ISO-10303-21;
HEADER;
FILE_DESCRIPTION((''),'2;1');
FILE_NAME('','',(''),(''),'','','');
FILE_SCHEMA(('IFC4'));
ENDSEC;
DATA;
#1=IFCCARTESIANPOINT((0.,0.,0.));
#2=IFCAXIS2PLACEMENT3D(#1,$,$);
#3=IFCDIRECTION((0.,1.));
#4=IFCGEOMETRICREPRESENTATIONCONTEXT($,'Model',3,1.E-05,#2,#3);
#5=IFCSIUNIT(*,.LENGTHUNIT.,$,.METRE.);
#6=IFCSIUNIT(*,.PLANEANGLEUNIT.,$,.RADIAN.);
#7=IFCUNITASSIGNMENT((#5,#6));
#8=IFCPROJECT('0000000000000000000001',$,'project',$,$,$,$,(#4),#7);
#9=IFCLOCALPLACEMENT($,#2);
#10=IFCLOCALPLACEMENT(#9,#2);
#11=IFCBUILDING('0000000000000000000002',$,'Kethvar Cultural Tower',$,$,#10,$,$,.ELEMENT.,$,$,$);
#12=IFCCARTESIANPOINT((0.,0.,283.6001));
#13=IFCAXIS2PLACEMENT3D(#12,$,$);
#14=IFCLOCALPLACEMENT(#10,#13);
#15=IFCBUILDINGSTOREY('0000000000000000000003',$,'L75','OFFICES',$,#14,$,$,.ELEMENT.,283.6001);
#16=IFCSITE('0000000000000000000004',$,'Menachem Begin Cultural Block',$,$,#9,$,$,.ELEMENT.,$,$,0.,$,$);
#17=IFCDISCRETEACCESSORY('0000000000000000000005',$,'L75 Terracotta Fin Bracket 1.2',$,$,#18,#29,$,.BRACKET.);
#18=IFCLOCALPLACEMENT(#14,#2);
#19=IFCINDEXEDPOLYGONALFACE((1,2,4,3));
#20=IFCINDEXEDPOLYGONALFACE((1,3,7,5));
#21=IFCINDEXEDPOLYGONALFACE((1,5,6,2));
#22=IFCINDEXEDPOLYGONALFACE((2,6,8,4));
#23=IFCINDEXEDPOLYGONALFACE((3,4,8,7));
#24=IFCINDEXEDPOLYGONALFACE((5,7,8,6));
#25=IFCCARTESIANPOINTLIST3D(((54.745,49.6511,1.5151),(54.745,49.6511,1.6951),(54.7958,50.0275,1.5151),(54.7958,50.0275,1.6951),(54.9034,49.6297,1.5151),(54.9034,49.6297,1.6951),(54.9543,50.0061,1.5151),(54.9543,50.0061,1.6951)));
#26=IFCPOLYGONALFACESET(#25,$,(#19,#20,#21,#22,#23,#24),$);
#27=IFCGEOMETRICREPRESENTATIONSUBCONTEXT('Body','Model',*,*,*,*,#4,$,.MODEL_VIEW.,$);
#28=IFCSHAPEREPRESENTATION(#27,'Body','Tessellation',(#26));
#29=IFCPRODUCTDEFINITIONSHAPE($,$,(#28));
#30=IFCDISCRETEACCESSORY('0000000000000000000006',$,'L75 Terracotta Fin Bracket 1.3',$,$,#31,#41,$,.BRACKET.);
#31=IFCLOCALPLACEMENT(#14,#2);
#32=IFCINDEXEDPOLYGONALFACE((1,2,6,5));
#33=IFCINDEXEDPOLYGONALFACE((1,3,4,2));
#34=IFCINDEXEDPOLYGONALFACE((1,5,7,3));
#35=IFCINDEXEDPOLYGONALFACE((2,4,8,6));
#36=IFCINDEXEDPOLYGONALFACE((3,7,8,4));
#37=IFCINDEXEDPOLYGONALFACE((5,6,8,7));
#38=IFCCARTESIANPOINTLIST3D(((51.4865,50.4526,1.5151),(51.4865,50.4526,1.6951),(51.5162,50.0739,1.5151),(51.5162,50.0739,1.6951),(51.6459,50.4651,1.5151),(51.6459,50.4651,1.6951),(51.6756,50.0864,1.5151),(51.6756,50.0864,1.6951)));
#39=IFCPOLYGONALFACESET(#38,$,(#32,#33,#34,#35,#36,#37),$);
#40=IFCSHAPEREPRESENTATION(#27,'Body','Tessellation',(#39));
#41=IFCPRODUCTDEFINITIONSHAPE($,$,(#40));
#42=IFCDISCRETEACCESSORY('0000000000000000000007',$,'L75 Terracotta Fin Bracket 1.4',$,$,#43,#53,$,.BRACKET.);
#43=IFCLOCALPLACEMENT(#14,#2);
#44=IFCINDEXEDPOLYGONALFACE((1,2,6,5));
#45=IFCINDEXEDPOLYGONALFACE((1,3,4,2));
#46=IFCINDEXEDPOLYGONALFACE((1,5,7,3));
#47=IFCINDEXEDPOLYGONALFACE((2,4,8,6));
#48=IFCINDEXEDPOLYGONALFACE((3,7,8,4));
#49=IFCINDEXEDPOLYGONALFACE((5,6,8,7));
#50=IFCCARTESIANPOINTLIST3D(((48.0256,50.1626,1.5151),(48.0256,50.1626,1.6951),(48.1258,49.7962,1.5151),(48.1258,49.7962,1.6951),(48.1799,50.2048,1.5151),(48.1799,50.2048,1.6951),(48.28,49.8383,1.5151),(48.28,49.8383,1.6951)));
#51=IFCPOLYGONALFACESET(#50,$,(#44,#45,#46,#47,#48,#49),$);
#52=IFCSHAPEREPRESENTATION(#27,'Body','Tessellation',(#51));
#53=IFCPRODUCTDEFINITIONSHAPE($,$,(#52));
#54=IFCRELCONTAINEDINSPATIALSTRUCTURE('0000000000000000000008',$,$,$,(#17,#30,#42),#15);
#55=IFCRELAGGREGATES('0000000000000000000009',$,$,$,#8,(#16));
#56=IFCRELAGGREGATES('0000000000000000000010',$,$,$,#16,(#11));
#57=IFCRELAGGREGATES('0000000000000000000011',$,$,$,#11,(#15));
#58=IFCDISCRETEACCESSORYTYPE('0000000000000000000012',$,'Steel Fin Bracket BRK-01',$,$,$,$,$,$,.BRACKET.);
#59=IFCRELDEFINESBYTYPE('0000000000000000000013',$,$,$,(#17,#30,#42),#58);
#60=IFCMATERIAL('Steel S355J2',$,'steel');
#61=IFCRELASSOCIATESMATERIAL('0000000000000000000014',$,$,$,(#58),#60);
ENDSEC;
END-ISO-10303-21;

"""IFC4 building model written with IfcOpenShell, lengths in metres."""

from ifc_helpers import new_model, si_unit, direction, frame, origin, origin_2d, place, context, subcontext, project, spatial, rectangle, extrude, source, transform, mapped, material, type_object, element, save


model = new_model("IFC4")

# Units and contexts
model_context = context("Model", 3, precision=1e-05, world=origin(), true_north=direction((0.0, 1.0)))
body_context = subcontext(model_context, "Body", "Model", "MODEL_VIEW")
ifc_project = project(units=[si_unit("LENGTHUNIT", "METRE"), si_unit("PLANEANGLEUNIT", "RADIAN")], contexts=[model_context])

# Site, building, storey
site_placement = place(None, origin())
site = spatial("IfcSite", under=ifc_project, at=site_placement, Name="Menachem Begin Cultural Block", CompositionType="ELEMENT", RefElevation=0.0)
building_placement = place(site_placement, origin())
building = spatial("IfcBuilding", under=site, at=building_placement, Name="Kethvar Cultural Tower", CompositionType="ELEMENT")
storey_placement = place(building_placement, frame((0.0, 0.0, 283.6001)))
storey = spatial("IfcBuildingStorey", under=building, at=storey_placement, Name="L75", Description="OFFICES", CompositionType="ELEMENT", Elevation=283.6001)

# Shared definitions
ifc_material_1 = material(Name="Steel S355J2", Category="steel")

# Discrete accessories
discrete_accessory_type = type_object("IfcDiscreteAccessoryType", Name="Steel Fin Bracket BRK-01", PredefinedType="BRACKET", material=ifc_material_1)
shared_shape_1 = source(origin(), body_context, "Body", "SweptSolid", [
    extrude(rectangle(XDim=0.3799, YDim=0.1599, at=origin_2d()), origin(), (0.0, 0.0, 1.0), 0.1799),
])
for number, where, z_axis, x_axis, name in (
    (1, (54.8496, 49.8286, 1.5151), (0.0, 0.0, 1.0), (0.133813, 0.991007, 0.0), "L75 Terracotta Fin Bracket 1.2"),
    (2, (51.5811, 50.2695, 1.5151), (0.0, 0.0, 1.0), (-0.078111, 0.996945, 0.0), "L75 Terracotta Fin Bracket 1.3"),
    (3, (48.1528, 50.0005, 1.5151), (0.0, 0.0, 1.0), (-0.263536, 0.964649, 0.0), "L75 Terracotta Fin Bracket 1.4"),
):
    element("IfcDiscreteAccessory", number, at=place(storey_placement, frame(where, z_axis=z_axis, x_axis=x_axis)), inside=storey, type_object=discrete_accessory_type, Name=name, PredefinedType="BRACKET", context=body_context, shape_type="MappedRepresentation", body=[
        mapped(shared_shape_1, transform((0.0, 0.0, 0.0), scale=1.0)),
    ])

save(model, "model.ifc")
